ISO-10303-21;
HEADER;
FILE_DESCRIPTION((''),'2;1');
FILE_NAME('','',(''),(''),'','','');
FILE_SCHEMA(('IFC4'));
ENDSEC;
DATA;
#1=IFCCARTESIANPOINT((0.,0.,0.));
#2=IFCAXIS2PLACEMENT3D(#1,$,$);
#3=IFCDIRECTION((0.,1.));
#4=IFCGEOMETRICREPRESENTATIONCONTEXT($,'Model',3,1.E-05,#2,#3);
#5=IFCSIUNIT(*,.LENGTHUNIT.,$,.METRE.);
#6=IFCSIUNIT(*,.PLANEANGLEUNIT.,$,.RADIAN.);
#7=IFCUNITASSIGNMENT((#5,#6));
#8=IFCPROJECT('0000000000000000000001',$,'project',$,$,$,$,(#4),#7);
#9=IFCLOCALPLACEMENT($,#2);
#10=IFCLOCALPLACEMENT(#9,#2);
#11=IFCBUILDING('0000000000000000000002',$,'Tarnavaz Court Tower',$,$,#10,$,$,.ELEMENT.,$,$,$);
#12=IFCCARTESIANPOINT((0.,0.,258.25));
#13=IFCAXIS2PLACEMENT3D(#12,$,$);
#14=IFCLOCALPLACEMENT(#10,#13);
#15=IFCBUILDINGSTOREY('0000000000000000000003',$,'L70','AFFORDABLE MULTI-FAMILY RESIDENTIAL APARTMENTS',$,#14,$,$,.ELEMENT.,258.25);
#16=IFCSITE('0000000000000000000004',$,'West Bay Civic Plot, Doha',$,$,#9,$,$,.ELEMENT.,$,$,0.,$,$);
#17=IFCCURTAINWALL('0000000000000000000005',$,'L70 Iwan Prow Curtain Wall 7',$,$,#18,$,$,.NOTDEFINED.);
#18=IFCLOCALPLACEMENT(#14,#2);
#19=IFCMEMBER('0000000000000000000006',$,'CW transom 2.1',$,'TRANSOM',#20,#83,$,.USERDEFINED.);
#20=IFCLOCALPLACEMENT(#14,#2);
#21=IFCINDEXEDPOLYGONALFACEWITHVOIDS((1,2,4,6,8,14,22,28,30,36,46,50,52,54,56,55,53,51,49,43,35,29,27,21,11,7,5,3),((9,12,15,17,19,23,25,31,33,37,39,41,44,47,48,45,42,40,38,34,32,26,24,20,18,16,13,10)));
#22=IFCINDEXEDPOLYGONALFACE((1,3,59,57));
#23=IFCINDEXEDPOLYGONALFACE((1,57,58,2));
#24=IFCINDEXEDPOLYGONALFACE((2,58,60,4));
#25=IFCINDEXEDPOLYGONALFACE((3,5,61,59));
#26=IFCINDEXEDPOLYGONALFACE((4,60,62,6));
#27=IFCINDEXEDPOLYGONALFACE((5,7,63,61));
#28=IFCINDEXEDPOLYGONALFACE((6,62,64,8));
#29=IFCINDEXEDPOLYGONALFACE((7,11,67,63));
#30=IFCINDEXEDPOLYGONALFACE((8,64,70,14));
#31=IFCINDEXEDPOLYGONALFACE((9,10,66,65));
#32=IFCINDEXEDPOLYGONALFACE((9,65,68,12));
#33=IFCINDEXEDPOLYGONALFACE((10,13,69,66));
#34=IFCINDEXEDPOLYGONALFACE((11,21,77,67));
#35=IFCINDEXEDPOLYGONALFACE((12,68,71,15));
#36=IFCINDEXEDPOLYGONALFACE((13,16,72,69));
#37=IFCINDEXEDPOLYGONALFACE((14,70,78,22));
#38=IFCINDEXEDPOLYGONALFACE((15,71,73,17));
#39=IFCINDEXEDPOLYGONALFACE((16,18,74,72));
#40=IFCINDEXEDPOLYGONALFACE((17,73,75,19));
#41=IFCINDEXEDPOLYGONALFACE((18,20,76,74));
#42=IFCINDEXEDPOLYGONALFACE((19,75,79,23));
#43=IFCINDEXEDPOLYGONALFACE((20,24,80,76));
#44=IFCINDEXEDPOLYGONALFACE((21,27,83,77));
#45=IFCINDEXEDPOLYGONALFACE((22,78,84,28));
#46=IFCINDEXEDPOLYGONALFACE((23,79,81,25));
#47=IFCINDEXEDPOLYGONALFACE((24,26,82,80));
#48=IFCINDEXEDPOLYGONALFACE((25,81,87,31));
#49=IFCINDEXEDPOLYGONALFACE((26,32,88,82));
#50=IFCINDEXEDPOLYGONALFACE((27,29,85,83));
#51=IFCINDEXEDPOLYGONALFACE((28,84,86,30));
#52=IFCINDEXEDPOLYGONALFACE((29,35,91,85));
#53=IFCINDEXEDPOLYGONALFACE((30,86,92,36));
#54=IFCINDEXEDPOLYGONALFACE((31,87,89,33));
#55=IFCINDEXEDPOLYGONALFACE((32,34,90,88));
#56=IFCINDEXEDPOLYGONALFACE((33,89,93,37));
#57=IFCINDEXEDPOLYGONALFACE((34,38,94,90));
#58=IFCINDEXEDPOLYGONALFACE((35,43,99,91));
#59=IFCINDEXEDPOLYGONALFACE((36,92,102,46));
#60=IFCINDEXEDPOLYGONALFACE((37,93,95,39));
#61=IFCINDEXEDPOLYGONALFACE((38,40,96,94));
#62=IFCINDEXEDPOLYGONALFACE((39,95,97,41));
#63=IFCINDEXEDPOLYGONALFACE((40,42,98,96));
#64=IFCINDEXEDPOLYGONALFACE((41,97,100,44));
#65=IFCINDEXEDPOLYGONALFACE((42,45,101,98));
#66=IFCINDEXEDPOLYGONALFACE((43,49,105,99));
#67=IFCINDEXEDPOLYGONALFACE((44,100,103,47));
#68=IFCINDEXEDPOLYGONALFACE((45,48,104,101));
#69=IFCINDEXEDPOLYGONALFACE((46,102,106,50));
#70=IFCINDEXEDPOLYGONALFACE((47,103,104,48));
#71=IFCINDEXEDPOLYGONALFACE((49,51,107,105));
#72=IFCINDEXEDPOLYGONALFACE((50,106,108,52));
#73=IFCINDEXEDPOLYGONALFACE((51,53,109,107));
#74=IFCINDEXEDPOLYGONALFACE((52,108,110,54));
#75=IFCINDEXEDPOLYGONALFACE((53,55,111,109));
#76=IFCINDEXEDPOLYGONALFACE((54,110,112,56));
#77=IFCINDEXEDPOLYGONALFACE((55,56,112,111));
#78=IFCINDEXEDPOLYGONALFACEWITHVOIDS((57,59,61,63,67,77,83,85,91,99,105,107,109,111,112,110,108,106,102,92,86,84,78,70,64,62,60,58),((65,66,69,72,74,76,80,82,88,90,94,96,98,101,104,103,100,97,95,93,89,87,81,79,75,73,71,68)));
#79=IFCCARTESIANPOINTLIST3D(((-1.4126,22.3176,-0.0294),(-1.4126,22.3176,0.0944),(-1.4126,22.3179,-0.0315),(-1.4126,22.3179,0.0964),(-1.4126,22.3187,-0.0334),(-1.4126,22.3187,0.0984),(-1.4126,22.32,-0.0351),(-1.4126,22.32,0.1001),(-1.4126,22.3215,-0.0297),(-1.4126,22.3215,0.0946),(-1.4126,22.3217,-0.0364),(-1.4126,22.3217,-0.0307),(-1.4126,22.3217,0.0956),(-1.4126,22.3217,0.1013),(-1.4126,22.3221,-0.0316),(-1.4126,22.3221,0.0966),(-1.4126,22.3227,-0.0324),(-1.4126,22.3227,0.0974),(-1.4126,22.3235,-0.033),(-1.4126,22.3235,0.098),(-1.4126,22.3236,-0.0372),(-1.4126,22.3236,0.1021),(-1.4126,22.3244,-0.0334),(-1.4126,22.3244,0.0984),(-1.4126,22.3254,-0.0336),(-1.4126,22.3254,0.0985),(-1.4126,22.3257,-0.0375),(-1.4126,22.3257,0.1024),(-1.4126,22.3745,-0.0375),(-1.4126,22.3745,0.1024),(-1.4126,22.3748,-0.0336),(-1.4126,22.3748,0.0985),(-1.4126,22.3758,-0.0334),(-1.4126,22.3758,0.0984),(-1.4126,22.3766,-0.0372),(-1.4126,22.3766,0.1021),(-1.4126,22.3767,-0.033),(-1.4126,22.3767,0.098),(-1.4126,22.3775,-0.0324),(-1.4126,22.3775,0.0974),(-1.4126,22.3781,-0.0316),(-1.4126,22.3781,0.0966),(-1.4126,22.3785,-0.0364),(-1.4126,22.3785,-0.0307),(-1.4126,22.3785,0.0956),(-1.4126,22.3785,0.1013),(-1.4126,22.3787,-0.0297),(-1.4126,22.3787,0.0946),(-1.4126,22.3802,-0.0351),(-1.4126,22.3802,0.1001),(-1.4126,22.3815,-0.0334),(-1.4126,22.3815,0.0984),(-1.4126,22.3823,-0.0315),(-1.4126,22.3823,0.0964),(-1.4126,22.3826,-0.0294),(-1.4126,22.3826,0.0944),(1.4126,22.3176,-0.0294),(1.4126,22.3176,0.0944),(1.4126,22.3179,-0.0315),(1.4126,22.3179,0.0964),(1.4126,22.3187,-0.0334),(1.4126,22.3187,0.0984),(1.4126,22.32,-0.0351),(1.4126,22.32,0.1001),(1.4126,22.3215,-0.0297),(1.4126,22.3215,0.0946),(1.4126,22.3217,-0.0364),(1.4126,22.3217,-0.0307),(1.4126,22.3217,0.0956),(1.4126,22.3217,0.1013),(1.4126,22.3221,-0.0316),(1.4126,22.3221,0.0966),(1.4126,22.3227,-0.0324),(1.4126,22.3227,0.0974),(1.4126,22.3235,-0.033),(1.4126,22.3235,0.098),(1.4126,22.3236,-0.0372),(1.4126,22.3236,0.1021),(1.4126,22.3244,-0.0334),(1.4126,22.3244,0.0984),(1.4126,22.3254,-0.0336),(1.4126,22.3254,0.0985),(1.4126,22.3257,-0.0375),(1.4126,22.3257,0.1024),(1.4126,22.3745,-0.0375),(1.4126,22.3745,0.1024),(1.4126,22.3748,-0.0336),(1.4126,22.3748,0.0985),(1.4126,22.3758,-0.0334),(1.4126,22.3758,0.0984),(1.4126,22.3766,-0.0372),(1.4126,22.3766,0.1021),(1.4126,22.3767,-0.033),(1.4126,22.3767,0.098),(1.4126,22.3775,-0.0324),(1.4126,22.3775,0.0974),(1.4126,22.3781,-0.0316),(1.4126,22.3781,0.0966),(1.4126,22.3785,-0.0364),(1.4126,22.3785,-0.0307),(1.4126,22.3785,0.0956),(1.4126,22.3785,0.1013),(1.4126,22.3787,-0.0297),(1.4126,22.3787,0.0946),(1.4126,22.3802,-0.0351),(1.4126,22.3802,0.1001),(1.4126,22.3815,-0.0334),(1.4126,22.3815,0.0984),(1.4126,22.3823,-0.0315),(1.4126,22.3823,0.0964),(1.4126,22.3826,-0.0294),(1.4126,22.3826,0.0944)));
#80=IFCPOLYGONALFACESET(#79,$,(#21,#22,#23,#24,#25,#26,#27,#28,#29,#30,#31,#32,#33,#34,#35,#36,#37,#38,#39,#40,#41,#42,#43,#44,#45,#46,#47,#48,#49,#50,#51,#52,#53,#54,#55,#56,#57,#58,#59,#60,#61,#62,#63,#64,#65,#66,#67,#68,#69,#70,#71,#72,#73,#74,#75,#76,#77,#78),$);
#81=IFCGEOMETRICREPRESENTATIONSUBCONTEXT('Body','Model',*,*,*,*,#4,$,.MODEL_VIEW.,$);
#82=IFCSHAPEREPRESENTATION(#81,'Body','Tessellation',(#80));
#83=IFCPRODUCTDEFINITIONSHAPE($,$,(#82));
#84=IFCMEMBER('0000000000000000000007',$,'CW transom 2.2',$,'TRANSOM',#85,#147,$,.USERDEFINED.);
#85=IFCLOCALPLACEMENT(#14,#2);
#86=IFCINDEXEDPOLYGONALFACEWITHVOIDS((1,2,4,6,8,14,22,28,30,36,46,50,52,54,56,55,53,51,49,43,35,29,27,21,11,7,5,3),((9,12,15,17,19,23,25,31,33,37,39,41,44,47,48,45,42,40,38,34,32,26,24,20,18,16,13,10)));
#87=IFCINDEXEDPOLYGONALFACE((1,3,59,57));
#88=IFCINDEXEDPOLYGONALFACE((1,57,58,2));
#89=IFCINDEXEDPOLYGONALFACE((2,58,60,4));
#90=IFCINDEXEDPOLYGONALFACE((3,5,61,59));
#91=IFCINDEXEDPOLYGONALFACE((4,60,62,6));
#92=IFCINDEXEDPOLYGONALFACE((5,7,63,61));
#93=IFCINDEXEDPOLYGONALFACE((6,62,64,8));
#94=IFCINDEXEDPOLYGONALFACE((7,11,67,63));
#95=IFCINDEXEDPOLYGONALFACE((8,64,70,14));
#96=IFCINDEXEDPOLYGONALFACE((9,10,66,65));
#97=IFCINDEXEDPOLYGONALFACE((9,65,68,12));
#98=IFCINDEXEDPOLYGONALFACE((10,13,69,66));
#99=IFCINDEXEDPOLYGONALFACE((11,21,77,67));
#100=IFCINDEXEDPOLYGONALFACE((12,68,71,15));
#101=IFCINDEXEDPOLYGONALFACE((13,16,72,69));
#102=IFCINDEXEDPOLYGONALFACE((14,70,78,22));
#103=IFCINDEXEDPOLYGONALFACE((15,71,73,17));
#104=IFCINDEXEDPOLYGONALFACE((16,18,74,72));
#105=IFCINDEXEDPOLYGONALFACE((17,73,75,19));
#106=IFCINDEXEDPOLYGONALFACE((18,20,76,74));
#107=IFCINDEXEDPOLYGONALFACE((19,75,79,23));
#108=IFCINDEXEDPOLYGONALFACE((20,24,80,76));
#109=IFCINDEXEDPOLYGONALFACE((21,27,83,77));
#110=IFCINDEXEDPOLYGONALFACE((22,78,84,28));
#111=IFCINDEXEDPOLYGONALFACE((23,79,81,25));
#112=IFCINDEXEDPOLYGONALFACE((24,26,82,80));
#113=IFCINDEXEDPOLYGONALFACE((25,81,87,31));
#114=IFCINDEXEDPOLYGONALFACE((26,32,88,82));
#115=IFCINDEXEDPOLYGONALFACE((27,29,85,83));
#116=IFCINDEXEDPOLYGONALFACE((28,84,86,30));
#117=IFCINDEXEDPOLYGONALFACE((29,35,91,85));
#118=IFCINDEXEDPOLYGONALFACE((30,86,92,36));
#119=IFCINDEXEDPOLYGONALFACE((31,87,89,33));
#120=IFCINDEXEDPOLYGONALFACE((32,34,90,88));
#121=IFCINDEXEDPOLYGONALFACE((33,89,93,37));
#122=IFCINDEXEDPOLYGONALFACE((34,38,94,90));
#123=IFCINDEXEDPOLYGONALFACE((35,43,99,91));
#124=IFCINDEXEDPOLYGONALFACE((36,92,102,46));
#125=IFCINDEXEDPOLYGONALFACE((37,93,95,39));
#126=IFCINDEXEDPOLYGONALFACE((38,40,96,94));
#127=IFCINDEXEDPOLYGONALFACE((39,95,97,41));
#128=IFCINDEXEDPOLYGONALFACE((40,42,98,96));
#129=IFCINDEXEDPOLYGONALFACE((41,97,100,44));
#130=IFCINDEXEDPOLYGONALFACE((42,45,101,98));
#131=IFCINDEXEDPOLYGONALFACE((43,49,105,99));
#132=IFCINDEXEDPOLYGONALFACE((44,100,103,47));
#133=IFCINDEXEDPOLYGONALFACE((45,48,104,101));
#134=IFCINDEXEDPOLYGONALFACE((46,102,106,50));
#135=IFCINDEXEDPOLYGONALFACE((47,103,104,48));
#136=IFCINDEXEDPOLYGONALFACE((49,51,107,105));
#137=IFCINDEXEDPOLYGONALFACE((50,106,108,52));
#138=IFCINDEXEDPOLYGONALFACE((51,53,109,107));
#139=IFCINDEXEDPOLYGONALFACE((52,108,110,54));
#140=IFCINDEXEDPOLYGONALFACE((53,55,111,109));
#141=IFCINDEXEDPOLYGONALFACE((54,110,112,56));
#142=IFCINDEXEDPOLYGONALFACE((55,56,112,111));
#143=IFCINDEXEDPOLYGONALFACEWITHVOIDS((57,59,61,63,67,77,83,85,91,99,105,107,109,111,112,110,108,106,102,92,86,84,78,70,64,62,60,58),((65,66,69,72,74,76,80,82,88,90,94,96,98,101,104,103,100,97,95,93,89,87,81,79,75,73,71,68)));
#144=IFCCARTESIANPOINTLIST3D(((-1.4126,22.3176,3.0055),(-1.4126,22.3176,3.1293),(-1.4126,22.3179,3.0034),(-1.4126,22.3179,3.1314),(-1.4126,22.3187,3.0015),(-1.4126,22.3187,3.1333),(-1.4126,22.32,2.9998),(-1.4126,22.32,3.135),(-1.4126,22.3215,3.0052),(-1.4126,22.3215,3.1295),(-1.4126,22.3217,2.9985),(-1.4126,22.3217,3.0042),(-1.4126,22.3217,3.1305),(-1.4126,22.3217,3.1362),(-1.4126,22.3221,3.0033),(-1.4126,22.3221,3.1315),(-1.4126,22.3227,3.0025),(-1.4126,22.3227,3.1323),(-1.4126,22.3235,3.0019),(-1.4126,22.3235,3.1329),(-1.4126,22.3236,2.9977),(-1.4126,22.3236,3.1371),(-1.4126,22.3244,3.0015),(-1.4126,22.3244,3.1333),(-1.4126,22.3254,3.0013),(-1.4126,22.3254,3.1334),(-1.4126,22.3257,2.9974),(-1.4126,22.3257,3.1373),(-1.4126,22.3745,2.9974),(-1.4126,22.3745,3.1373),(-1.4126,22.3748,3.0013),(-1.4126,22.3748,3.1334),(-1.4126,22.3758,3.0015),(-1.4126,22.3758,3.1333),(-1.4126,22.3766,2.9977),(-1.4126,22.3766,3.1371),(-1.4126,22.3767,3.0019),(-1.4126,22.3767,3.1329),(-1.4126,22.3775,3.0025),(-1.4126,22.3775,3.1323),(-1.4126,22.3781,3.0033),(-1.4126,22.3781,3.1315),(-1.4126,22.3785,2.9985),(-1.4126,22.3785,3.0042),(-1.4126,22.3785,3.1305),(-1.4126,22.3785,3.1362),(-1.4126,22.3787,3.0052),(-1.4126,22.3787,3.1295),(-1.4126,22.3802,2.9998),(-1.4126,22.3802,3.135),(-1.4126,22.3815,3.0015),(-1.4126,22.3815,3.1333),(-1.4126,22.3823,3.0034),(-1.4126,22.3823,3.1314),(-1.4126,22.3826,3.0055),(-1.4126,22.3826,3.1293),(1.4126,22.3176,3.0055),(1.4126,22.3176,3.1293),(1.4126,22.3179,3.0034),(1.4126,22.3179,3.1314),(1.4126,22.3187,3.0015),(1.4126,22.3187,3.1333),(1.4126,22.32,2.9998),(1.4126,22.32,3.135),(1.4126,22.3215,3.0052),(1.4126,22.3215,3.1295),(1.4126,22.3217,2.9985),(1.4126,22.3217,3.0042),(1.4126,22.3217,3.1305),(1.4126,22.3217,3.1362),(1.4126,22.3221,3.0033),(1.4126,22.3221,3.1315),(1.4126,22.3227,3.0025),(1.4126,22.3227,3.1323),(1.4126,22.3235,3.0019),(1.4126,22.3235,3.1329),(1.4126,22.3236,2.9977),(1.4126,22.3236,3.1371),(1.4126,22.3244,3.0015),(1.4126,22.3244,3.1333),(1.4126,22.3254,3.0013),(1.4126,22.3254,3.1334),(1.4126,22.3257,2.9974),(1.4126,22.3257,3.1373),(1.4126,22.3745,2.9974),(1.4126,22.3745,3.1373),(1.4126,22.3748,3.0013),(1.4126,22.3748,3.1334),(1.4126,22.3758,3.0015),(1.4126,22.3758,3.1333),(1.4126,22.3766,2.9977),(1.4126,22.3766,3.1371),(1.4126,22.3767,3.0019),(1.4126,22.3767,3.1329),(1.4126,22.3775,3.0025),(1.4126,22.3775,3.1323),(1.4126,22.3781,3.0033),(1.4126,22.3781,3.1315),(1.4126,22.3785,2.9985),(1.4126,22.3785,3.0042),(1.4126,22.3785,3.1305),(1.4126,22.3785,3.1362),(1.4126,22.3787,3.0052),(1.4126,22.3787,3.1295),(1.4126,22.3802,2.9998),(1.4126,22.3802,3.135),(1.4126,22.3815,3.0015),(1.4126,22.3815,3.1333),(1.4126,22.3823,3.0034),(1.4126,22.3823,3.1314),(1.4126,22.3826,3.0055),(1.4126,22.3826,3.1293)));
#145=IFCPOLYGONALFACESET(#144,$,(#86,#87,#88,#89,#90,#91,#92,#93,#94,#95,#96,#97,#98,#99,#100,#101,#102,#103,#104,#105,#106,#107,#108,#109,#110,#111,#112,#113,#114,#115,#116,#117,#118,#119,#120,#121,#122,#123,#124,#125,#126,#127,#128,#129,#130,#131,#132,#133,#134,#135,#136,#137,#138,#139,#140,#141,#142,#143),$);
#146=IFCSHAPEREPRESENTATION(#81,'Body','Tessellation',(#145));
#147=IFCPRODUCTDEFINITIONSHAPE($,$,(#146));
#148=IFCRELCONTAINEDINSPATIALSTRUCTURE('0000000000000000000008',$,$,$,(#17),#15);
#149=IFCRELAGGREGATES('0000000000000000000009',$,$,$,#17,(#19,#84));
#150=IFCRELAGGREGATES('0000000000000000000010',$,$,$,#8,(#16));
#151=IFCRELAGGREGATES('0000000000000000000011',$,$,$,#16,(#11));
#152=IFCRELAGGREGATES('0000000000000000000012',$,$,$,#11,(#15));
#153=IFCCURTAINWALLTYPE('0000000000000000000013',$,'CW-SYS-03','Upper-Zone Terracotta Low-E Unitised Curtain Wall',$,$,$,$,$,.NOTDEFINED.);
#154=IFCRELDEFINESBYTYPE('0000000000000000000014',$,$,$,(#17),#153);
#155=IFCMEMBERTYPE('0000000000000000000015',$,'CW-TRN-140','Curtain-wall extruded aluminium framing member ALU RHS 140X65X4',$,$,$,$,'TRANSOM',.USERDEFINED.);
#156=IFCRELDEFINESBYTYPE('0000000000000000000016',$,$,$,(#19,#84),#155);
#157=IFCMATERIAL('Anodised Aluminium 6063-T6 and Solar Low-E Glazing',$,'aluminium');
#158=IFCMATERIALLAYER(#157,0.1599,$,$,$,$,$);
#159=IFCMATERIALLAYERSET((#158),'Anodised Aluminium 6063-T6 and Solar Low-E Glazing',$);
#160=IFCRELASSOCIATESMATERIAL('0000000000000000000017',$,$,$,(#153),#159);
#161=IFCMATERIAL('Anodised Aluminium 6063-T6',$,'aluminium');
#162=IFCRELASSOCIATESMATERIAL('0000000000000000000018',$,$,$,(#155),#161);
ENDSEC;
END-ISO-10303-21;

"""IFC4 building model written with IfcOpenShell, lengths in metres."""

from ifc_helpers import new_model, si_unit, direction, frame, origin, origin_2d, place, context, subcontext, project, spatial, hollow_rectangle, extrude, material, layer, layer_set, material_profile, profile_set, type_object, element, aggregate, save


model = new_model("IFC4")

# Units and contexts
model_context = context("Model", 3, precision=1e-05, world=origin(), true_north=direction((0.0, 1.0)))
body_context = subcontext(model_context, "Body", "Model", "MODEL_VIEW")
ifc_project = project(units=[si_unit("LENGTHUNIT", "METRE"), si_unit("PLANEANGLEUNIT", "RADIAN")], contexts=[model_context])

# Site, building, storey
site_placement = place(None, origin())
site = spatial("IfcSite", under=ifc_project, at=site_placement, Name="West Bay Civic Plot, Doha", CompositionType="ELEMENT", RefElevation=0.0)
building_placement = place(site_placement, origin())
building = spatial("IfcBuilding", under=site, at=building_placement, Name="Tarnavaz Court Tower", CompositionType="ELEMENT")
storey_placement = place(building_placement, frame((0.0, 0.0, 258.25)))
storey = spatial("IfcBuildingStorey", under=building, at=storey_placement, Name="L70", Description="AFFORDABLE MULTI-FAMILY RESIDENTIAL APARTMENTS", CompositionType="ELEMENT", Elevation=258.25)

# Curtain wall, members
ifc_material_1 = material(Name="Anodised Aluminium 6063-T6 and Solar Low-E Glazing", Category="aluminium")
ifc_layer_1 = layer(ifc_material_1, 0.1599)
ifc_layer_set_1 = layer_set([ifc_layer_1], Name="Anodised Aluminium 6063-T6 and Solar Low-E Glazing")
curtain_wall_type = type_object("IfcCurtainWallType", Name="CW-SYS-03", Description="Upper-Zone Terracotta Low-E Unitised Curtain Wall", PredefinedType="NOTDEFINED", material=ifc_layer_set_1)
curtain_wall_placement = place(storey_placement, origin())
curtain_wall = element("IfcCurtainWall", 1, at=curtain_wall_placement, inside=storey, type_object=curtain_wall_type, Name="L70 Iwan Prow Curtain Wall 7", PredefinedType="NOTDEFINED")
ifc_material_2 = material(Name="Anodised Aluminium 6063-T6", Category="aluminium")
ifc_material_profile_1 = material_profile(ifc_material_2, hollow_rectangle(XDim=0.0649, YDim=0.1399, WallThickness=0.0039, InnerFilletRadius=0.0039, OuterFilletRadius=0.0081, at=origin_2d()), Name="ALU RHS 140X65X4")
ifc_profile_set_1 = profile_set([ifc_material_profile_1], Name="Anodised Aluminium 6063-T6")
member_type_1 = type_object("IfcMemberType", Name="CW-TRN-140", Description="Curtain-wall extruded aluminium framing member ALU RHS 140X65X4", ElementType="TRANSOM", PredefinedType="USERDEFINED", material=ifc_profile_set_1)
member_1_placement = place(storey_placement, frame((-1.4126, 22.3501, 0.0325), z_axis=(1.0, 0.0, 0.0), x_axis=(0.0, 1.0, 0.0)))
member_1 = element("IfcMember", 2, at=member_1_placement, type_object=member_type_1, Name="CW transom 2.1", ObjectType="TRANSOM", PredefinedType="USERDEFINED", context=body_context, shape_type="SweptSolid", body=[
    extrude(hollow_rectangle(XDim=0.0649, YDim=0.1399, WallThickness=0.0039, InnerFilletRadius=0.0039, OuterFilletRadius=0.0081, at=origin_2d()), origin(), (0.0, 0.0, 1.0), 2.8252),
])
member_2_placement = place(storey_placement, frame((-1.4126, 22.3501, 3.0674), z_axis=(1.0, 0.0, 0.0), x_axis=(0.0, 1.0, 0.0)))
member_2 = element("IfcMember", 3, at=member_2_placement, type_object=member_type_1, Name="CW transom 2.2", ObjectType="TRANSOM", PredefinedType="USERDEFINED", context=body_context, shape_type="SweptSolid", body=[
    extrude(hollow_rectangle(XDim=0.0649, YDim=0.1399, WallThickness=0.0039, InnerFilletRadius=0.0039, OuterFilletRadius=0.0081, at=origin_2d()), origin(), (0.0, 0.0, 1.0), 2.8252),
])
aggregate(curtain_wall, [member_1, member_2])

save(model, "model.ifc")
